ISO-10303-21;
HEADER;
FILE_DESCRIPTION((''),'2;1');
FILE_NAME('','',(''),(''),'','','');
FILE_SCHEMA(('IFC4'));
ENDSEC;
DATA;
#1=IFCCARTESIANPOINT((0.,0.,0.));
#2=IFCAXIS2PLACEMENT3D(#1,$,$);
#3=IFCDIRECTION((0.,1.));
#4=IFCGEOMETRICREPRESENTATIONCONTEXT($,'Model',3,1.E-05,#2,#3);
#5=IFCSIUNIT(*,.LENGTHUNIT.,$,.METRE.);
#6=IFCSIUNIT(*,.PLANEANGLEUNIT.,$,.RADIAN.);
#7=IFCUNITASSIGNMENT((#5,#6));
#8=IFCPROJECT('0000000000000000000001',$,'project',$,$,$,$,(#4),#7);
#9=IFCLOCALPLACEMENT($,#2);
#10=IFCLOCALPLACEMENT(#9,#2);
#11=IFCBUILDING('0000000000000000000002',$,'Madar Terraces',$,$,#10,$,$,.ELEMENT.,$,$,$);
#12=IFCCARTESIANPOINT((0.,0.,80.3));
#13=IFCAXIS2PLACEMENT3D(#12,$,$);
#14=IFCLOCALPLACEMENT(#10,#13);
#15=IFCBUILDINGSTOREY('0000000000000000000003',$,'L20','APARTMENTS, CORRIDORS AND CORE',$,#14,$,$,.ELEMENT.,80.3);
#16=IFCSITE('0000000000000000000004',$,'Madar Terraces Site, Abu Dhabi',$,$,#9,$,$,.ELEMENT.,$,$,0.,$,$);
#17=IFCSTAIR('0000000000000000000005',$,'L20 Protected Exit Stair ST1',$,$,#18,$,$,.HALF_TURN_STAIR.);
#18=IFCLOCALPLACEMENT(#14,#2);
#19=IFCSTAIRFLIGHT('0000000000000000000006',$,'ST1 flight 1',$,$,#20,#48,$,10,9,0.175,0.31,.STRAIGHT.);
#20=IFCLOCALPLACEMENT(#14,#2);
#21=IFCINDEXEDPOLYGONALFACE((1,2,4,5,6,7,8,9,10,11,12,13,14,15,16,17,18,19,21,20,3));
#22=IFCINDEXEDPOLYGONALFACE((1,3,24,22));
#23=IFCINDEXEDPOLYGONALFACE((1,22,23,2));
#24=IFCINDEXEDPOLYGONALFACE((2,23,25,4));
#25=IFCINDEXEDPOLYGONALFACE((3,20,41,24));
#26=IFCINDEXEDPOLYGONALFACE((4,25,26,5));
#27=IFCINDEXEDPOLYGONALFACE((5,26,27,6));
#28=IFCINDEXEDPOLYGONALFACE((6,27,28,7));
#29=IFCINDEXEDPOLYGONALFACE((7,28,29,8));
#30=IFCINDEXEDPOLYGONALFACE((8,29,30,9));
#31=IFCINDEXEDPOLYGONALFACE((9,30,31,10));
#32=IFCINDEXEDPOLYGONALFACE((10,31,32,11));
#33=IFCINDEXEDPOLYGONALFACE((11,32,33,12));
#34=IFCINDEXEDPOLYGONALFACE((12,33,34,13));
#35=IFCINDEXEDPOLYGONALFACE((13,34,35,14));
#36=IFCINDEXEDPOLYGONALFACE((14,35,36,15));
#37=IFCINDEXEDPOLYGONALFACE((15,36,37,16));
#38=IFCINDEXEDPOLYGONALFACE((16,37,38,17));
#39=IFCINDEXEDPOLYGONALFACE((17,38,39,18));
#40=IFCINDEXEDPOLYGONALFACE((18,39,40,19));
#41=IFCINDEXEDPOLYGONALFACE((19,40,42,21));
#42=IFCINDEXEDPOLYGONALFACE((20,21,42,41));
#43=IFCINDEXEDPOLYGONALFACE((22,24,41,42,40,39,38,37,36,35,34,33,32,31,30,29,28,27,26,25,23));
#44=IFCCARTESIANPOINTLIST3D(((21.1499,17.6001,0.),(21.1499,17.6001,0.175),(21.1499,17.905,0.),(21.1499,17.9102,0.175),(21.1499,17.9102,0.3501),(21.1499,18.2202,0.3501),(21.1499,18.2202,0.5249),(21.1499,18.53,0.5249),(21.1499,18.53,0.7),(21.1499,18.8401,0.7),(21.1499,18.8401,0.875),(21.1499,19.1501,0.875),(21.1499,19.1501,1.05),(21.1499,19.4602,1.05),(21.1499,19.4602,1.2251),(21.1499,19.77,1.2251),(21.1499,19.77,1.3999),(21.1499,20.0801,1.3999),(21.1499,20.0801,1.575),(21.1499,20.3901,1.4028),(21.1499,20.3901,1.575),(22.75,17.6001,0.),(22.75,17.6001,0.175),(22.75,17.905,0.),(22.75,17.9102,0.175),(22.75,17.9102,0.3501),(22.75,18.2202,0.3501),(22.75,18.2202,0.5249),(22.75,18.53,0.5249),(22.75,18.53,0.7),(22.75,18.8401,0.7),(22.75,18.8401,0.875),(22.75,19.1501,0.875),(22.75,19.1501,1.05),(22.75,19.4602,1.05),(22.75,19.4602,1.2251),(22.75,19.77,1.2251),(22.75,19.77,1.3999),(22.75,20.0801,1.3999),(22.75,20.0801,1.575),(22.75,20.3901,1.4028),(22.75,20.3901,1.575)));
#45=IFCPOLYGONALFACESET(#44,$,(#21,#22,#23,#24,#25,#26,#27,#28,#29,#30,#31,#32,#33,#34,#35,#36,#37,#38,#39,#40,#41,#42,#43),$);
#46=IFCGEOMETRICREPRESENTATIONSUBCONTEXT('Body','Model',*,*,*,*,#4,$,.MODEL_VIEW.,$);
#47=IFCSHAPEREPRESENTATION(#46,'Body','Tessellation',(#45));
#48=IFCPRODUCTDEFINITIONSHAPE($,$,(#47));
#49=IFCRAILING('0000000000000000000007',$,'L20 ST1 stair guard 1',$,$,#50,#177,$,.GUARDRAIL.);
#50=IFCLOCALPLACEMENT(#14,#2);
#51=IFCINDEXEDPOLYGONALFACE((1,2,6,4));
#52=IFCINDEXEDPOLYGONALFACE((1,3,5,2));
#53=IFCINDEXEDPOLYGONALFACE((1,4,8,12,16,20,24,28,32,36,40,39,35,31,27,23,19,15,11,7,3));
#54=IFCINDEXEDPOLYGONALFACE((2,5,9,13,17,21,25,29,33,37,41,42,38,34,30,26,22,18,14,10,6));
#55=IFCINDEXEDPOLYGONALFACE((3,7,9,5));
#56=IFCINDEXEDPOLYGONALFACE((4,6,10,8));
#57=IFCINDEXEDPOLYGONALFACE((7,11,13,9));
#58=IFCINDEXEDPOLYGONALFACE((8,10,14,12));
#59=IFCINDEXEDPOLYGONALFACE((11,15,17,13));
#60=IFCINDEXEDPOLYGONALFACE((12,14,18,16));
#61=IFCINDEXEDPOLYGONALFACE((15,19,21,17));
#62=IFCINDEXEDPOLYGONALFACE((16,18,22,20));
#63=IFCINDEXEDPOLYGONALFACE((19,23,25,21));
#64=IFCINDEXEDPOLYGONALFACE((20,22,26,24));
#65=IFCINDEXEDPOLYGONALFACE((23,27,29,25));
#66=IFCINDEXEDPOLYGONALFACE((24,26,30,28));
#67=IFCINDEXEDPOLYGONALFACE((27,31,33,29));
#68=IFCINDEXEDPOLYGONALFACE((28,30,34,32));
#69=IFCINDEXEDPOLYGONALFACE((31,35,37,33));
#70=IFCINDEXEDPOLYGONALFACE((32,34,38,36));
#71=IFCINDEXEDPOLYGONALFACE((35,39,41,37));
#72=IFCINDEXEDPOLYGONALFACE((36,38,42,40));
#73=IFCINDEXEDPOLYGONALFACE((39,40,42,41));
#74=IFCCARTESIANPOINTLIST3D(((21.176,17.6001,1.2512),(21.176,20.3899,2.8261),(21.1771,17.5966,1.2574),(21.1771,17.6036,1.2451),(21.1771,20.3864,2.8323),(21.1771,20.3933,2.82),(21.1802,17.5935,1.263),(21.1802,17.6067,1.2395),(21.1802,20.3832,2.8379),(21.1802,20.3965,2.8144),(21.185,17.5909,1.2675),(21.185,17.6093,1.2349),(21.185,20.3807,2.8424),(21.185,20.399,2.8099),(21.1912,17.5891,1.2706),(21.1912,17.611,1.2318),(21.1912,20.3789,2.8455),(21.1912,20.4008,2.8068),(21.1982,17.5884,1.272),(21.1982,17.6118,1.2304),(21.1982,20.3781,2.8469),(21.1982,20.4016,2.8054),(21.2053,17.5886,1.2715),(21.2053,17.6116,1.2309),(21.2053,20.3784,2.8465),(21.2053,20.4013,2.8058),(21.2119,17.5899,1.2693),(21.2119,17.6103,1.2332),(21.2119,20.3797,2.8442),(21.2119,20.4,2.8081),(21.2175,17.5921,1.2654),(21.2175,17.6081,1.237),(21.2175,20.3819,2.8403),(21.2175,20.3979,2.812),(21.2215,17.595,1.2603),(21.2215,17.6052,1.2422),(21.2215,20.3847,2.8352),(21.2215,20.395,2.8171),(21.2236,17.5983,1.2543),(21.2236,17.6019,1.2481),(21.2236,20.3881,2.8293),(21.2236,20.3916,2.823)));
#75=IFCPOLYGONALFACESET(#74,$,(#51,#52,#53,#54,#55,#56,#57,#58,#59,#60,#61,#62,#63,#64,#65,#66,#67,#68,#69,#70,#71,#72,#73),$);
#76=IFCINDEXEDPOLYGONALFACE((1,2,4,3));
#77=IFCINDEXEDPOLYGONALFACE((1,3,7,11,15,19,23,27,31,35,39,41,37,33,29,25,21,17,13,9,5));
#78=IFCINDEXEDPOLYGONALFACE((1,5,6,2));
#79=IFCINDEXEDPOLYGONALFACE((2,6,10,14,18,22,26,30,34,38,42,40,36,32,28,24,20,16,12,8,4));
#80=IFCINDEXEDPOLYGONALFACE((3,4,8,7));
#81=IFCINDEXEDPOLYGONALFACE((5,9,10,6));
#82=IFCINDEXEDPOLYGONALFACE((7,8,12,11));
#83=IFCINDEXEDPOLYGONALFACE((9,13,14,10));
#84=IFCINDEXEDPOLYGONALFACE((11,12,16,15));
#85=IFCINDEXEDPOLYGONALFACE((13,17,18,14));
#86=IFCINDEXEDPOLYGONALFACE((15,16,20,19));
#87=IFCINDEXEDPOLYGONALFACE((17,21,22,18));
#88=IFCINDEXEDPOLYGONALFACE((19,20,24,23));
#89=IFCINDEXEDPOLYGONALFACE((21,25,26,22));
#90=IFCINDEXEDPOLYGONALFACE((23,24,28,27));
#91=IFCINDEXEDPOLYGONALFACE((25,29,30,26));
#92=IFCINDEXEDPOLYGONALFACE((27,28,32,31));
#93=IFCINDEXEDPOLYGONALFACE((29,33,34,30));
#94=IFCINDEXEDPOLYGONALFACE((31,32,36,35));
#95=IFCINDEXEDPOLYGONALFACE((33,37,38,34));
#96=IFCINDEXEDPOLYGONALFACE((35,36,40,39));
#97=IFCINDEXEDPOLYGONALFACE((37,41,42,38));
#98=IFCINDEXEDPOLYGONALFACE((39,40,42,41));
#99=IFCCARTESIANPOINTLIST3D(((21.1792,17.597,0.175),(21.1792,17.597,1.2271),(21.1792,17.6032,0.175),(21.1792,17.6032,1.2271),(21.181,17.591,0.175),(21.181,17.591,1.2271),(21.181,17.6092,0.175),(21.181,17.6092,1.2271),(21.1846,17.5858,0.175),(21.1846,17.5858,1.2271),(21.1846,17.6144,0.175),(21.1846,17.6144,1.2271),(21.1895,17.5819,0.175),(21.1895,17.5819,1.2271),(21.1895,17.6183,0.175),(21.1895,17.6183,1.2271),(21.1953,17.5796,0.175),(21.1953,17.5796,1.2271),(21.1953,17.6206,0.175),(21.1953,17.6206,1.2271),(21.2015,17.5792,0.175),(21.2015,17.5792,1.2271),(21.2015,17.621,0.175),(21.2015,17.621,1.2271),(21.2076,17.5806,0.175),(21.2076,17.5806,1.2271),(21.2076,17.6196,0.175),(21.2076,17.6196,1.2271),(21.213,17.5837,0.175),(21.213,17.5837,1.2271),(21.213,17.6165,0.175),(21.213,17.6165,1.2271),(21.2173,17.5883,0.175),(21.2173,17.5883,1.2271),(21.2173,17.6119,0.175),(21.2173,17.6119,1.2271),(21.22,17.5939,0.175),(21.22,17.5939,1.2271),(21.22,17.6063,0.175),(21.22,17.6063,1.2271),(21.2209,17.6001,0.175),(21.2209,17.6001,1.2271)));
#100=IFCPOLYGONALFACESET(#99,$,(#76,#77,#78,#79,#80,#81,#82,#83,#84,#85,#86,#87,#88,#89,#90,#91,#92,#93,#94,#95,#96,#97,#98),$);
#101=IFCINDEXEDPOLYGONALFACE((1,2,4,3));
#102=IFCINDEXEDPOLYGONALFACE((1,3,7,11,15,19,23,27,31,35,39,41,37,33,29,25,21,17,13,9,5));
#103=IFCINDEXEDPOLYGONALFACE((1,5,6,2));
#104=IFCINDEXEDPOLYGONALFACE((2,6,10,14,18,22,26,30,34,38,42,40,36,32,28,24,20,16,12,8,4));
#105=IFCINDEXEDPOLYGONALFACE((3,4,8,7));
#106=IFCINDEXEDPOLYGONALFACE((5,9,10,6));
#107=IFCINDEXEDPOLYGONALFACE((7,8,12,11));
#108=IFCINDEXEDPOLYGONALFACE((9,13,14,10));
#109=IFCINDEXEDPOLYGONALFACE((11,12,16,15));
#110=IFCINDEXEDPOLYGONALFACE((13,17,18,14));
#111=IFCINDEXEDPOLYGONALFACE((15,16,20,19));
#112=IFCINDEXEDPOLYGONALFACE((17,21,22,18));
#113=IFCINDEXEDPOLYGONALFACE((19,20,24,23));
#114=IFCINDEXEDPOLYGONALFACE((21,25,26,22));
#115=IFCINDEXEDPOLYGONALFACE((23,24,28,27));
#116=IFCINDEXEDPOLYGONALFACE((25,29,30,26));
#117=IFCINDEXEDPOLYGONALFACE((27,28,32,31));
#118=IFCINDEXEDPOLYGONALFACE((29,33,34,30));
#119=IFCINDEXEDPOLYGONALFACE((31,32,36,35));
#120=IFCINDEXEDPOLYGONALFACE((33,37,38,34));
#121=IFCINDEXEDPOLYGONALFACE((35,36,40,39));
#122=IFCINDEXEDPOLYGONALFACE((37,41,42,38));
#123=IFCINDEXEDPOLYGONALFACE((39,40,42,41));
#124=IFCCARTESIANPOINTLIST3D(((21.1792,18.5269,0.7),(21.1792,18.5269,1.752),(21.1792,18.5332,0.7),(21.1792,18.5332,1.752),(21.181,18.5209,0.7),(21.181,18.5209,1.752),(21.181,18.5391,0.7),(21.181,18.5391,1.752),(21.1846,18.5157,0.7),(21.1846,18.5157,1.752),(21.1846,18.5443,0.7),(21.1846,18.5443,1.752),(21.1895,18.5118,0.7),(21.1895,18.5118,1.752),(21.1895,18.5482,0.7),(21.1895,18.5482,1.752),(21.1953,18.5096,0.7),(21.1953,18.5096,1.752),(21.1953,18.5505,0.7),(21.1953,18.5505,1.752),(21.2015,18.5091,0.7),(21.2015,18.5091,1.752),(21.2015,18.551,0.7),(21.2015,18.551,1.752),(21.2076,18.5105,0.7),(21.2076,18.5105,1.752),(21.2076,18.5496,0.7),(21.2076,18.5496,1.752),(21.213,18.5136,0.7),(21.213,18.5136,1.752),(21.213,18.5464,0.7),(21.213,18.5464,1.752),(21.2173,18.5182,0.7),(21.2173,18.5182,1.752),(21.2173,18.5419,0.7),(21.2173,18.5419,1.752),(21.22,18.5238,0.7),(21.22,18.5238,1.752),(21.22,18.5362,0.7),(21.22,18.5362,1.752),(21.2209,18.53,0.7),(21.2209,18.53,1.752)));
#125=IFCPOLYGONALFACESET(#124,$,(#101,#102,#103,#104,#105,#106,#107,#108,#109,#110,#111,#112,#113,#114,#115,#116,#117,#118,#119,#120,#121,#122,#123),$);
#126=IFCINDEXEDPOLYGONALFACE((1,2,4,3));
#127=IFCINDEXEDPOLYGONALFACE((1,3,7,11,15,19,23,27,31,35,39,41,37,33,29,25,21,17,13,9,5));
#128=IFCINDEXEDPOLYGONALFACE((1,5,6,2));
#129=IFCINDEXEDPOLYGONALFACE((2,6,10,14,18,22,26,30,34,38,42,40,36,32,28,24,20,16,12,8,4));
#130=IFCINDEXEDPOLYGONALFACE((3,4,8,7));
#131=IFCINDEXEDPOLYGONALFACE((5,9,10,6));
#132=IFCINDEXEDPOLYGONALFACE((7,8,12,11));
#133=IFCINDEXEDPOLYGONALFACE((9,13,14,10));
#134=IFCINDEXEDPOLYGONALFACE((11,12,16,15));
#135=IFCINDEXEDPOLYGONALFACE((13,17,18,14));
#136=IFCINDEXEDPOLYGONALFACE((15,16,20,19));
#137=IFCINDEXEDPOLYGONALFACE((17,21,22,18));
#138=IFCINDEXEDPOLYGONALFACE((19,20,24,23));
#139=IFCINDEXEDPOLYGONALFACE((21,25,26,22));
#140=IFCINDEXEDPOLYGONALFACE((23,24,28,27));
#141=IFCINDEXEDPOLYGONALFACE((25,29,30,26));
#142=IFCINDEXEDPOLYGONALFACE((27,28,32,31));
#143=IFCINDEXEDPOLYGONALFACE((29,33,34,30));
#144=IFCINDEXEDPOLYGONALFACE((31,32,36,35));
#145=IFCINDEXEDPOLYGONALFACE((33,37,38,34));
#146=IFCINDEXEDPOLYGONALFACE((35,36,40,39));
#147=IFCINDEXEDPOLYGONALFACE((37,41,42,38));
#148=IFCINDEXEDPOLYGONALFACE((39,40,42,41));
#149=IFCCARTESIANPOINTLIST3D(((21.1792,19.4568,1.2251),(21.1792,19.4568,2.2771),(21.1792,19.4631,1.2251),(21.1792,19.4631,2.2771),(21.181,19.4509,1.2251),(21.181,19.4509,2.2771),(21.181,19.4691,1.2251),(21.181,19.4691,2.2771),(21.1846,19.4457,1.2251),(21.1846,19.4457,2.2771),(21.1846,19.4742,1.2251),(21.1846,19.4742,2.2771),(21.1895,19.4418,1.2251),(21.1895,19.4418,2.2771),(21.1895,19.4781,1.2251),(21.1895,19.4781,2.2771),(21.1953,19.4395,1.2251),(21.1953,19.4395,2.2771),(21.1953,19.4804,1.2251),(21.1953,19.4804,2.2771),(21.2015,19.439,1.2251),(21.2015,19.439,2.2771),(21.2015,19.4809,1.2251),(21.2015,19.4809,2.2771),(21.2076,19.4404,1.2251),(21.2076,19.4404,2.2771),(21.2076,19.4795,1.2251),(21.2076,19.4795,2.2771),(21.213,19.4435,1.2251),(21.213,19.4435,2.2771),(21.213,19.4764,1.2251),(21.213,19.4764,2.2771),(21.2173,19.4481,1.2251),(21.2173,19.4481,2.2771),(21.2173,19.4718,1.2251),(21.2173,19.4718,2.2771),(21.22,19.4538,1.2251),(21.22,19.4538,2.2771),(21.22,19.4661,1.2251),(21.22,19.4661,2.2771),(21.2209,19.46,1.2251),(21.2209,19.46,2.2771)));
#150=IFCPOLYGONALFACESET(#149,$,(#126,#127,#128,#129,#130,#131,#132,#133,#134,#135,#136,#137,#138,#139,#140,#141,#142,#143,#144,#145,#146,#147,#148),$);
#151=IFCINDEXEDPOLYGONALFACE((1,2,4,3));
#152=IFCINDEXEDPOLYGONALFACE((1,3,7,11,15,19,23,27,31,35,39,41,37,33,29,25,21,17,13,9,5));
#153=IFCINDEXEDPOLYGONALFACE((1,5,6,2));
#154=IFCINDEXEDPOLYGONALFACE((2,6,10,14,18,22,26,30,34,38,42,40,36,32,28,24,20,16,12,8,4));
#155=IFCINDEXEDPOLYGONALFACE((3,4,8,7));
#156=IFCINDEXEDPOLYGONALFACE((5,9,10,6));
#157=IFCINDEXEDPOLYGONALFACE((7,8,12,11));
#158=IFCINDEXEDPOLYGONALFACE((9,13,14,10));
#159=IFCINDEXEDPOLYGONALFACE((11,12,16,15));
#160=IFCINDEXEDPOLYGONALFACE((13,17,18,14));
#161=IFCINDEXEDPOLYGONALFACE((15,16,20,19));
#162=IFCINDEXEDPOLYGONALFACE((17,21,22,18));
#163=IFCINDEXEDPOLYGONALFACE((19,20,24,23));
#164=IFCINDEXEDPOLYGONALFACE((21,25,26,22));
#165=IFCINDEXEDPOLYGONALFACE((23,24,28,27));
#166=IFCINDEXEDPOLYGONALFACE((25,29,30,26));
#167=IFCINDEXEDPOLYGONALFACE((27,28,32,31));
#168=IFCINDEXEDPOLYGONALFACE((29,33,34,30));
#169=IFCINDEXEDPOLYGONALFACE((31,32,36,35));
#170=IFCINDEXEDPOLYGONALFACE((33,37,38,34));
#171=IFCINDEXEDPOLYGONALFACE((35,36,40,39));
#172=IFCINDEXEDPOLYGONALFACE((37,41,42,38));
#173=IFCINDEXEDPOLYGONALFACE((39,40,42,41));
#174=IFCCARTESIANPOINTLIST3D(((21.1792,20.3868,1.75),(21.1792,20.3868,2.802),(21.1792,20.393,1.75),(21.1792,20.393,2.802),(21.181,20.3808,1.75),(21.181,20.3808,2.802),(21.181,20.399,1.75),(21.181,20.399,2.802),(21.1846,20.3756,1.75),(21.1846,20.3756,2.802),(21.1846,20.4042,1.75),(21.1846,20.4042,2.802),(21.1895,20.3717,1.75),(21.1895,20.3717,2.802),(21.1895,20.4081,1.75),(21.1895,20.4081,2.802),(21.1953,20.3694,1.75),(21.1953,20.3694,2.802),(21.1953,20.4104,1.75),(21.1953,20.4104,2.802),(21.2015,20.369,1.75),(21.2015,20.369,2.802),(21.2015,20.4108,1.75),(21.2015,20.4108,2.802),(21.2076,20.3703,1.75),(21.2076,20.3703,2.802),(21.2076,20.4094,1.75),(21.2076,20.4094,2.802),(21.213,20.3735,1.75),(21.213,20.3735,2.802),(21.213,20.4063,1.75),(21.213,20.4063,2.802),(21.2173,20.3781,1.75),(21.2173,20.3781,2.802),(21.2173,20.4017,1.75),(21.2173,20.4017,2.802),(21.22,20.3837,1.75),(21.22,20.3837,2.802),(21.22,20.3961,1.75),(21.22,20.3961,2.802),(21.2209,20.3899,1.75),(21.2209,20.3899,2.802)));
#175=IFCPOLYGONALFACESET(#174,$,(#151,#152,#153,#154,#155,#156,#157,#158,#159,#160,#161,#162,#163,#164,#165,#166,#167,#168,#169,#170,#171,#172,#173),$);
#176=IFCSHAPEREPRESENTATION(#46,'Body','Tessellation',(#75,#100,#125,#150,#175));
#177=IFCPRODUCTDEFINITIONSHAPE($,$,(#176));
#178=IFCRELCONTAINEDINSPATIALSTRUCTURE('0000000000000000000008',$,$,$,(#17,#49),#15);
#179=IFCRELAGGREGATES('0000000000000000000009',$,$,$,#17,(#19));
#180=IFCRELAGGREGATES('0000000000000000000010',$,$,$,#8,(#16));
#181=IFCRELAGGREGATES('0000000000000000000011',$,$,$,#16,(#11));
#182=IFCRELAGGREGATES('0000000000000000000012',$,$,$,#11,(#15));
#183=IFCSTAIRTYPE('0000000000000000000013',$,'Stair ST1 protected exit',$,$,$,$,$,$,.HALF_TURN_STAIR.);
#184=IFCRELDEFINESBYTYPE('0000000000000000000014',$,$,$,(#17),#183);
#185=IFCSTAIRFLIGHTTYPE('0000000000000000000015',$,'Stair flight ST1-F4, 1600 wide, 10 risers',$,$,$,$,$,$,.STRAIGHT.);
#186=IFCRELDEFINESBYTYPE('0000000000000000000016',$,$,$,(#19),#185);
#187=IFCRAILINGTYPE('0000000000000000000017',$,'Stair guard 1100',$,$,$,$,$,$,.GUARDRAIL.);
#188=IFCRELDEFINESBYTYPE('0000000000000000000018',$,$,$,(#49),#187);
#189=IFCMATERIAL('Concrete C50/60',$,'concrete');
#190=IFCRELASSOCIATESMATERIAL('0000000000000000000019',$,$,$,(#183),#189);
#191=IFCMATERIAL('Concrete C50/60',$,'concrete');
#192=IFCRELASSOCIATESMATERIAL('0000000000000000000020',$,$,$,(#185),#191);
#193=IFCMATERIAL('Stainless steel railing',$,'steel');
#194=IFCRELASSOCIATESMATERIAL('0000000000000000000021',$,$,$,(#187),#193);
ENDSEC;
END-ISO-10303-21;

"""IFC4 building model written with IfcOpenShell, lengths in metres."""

from ifc_helpers import new_model, si_unit, direction, frame, origin, origin_2d, place, context, subcontext, project, spatial, polyline, circle, outline, extrude, material, type_object, element, aggregate, save


model = new_model("IFC4")

# Units and contexts
model_context = context("Model", 3, precision=1e-05, world=origin(), true_north=direction((0.0, 1.0)))
body_context = subcontext(model_context, "Body", "Model", "MODEL_VIEW")
ifc_project = project(units=[si_unit("LENGTHUNIT", "METRE"), si_unit("PLANEANGLEUNIT", "RADIAN")], contexts=[model_context])

# Site, building, storey
site_placement = place(None, origin())
site = spatial("IfcSite", under=ifc_project, at=site_placement, Name="Madar Terraces Site, Abu Dhabi", CompositionType="ELEMENT", RefElevation=0.0)
building_placement = place(site_placement, origin())
building = spatial("IfcBuilding", under=site, at=building_placement, Name="Madar Terraces", CompositionType="ELEMENT")
storey_placement = place(building_placement, frame((0.0, 0.0, 80.3)))
storey = spatial("IfcBuildingStorey", under=building, at=storey_placement, Name="L20", Description="APARTMENTS, CORRIDORS AND CORE", CompositionType="ELEMENT", Elevation=80.3)

# Stair, stair flight
ifc_material_1 = material(Name="Concrete C50/60", Category="concrete")
stair_type = type_object("IfcStairType", Name="Stair ST1 protected exit", PredefinedType="HALF_TURN_STAIR", material=ifc_material_1)
stair_placement = place(storey_placement, origin())
stair = element("IfcStair", 1, at=stair_placement, inside=storey, type_object=stair_type, Name="L20 Protected Exit Stair ST1", PredefinedType="HALF_TURN_STAIR")
ifc_material_2 = material(Name="Concrete C50/60", Category="concrete")
stair_flight_type = type_object("IfcStairFlightType", Name="Stair flight ST1-F4, 1600 wide, 10 risers", PredefinedType="STRAIGHT", material=ifc_material_2)
stair_flight_placement = place(storey_placement, frame((21.95, 17.6001, 0.0), z_axis=(0.0, 0.0, 1.0), x_axis=(0.0, 1.0, 0.0)))
stair_flight = element("IfcStairFlight", 2, at=stair_flight_placement, type_object=stair_flight_type, Name="ST1 flight 1", NumberOfRisers=10, NumberOfTreads=9, PredefinedType="STRAIGHT", RiserHeight=0.175, TreadLength=0.31, context=body_context, shape_type="SweptSolid", body=[
    extrude(outline(polyline([(0.0, 0.0), (0.0, 0.175), (0.3101, 0.175), (0.3101, 0.3501), (0.6201, 0.3501), (0.6201, 0.5249), (0.9299, 0.5249), (0.9299, 0.7), (1.24, 0.7), (1.24, 0.875), (1.55, 0.875), (1.55, 1.05), (1.8601, 1.05), (1.8601, 1.2251), (2.1699, 1.2251), (2.1699, 1.3999), (2.48, 1.3999), (2.48, 1.575), (2.79, 1.575), (2.79, 1.75), (2.79, 1.4028), (0.3049, 0.0), (0.0, 0.0)])), frame((0.0, 0.8, 0.0), z_axis=(0.0, -1.0, 0.0), x_axis=(1.0, 0.0, 0.0)), (0.0, 0.0, 1.0), 1.6001),
])
aggregate(stair, [stair_flight])

# Railing
ifc_material_3 = material(Name="Stainless steel railing", Category="steel")
railing_type_1 = type_object("IfcRailingType", Name="Stair guard 1100", PredefinedType="GUARDRAIL", material=ifc_material_3)
railing_1_placement = place(storey_placement, frame((21.2, 17.6001, 0.175)))
element("IfcRailing", 3, at=railing_1_placement, inside=storey, type_object=railing_type_1, Name="L20 ST1 stair guard 1", PredefinedType="GUARDRAIL", context=body_context, shape_type="SweptSolid", body=[
    extrude(circle(Radius=0.0239, at=origin_2d()), frame((0.0, 0.0, 1.0762), z_axis=(0.0, 0.870815, 0.49161), x_axis=(-1.0, 0.0, 0.0)), (0.0, 0.0, 1.0), 3.2036),
    extrude(circle(Radius=0.021, at=origin_2d()), origin(), (0.0, 0.0, 1.0), 1.052),
    extrude(circle(Radius=0.021, at=origin_2d()), frame((0.0, 0.9299, 0.5249)), (0.0, 0.0, 1.0), 1.052),
    extrude(circle(Radius=0.021, at=origin_2d()), frame((0.0, 1.8599, 1.05)), (0.0, 0.0, 1.0), 1.052),
    extrude(circle(Radius=0.021, at=origin_2d()), frame((0.0, 2.7898, 1.575)), (0.0, 0.0, 1.0), 1.052),
])

save(model, "model.ifc")
